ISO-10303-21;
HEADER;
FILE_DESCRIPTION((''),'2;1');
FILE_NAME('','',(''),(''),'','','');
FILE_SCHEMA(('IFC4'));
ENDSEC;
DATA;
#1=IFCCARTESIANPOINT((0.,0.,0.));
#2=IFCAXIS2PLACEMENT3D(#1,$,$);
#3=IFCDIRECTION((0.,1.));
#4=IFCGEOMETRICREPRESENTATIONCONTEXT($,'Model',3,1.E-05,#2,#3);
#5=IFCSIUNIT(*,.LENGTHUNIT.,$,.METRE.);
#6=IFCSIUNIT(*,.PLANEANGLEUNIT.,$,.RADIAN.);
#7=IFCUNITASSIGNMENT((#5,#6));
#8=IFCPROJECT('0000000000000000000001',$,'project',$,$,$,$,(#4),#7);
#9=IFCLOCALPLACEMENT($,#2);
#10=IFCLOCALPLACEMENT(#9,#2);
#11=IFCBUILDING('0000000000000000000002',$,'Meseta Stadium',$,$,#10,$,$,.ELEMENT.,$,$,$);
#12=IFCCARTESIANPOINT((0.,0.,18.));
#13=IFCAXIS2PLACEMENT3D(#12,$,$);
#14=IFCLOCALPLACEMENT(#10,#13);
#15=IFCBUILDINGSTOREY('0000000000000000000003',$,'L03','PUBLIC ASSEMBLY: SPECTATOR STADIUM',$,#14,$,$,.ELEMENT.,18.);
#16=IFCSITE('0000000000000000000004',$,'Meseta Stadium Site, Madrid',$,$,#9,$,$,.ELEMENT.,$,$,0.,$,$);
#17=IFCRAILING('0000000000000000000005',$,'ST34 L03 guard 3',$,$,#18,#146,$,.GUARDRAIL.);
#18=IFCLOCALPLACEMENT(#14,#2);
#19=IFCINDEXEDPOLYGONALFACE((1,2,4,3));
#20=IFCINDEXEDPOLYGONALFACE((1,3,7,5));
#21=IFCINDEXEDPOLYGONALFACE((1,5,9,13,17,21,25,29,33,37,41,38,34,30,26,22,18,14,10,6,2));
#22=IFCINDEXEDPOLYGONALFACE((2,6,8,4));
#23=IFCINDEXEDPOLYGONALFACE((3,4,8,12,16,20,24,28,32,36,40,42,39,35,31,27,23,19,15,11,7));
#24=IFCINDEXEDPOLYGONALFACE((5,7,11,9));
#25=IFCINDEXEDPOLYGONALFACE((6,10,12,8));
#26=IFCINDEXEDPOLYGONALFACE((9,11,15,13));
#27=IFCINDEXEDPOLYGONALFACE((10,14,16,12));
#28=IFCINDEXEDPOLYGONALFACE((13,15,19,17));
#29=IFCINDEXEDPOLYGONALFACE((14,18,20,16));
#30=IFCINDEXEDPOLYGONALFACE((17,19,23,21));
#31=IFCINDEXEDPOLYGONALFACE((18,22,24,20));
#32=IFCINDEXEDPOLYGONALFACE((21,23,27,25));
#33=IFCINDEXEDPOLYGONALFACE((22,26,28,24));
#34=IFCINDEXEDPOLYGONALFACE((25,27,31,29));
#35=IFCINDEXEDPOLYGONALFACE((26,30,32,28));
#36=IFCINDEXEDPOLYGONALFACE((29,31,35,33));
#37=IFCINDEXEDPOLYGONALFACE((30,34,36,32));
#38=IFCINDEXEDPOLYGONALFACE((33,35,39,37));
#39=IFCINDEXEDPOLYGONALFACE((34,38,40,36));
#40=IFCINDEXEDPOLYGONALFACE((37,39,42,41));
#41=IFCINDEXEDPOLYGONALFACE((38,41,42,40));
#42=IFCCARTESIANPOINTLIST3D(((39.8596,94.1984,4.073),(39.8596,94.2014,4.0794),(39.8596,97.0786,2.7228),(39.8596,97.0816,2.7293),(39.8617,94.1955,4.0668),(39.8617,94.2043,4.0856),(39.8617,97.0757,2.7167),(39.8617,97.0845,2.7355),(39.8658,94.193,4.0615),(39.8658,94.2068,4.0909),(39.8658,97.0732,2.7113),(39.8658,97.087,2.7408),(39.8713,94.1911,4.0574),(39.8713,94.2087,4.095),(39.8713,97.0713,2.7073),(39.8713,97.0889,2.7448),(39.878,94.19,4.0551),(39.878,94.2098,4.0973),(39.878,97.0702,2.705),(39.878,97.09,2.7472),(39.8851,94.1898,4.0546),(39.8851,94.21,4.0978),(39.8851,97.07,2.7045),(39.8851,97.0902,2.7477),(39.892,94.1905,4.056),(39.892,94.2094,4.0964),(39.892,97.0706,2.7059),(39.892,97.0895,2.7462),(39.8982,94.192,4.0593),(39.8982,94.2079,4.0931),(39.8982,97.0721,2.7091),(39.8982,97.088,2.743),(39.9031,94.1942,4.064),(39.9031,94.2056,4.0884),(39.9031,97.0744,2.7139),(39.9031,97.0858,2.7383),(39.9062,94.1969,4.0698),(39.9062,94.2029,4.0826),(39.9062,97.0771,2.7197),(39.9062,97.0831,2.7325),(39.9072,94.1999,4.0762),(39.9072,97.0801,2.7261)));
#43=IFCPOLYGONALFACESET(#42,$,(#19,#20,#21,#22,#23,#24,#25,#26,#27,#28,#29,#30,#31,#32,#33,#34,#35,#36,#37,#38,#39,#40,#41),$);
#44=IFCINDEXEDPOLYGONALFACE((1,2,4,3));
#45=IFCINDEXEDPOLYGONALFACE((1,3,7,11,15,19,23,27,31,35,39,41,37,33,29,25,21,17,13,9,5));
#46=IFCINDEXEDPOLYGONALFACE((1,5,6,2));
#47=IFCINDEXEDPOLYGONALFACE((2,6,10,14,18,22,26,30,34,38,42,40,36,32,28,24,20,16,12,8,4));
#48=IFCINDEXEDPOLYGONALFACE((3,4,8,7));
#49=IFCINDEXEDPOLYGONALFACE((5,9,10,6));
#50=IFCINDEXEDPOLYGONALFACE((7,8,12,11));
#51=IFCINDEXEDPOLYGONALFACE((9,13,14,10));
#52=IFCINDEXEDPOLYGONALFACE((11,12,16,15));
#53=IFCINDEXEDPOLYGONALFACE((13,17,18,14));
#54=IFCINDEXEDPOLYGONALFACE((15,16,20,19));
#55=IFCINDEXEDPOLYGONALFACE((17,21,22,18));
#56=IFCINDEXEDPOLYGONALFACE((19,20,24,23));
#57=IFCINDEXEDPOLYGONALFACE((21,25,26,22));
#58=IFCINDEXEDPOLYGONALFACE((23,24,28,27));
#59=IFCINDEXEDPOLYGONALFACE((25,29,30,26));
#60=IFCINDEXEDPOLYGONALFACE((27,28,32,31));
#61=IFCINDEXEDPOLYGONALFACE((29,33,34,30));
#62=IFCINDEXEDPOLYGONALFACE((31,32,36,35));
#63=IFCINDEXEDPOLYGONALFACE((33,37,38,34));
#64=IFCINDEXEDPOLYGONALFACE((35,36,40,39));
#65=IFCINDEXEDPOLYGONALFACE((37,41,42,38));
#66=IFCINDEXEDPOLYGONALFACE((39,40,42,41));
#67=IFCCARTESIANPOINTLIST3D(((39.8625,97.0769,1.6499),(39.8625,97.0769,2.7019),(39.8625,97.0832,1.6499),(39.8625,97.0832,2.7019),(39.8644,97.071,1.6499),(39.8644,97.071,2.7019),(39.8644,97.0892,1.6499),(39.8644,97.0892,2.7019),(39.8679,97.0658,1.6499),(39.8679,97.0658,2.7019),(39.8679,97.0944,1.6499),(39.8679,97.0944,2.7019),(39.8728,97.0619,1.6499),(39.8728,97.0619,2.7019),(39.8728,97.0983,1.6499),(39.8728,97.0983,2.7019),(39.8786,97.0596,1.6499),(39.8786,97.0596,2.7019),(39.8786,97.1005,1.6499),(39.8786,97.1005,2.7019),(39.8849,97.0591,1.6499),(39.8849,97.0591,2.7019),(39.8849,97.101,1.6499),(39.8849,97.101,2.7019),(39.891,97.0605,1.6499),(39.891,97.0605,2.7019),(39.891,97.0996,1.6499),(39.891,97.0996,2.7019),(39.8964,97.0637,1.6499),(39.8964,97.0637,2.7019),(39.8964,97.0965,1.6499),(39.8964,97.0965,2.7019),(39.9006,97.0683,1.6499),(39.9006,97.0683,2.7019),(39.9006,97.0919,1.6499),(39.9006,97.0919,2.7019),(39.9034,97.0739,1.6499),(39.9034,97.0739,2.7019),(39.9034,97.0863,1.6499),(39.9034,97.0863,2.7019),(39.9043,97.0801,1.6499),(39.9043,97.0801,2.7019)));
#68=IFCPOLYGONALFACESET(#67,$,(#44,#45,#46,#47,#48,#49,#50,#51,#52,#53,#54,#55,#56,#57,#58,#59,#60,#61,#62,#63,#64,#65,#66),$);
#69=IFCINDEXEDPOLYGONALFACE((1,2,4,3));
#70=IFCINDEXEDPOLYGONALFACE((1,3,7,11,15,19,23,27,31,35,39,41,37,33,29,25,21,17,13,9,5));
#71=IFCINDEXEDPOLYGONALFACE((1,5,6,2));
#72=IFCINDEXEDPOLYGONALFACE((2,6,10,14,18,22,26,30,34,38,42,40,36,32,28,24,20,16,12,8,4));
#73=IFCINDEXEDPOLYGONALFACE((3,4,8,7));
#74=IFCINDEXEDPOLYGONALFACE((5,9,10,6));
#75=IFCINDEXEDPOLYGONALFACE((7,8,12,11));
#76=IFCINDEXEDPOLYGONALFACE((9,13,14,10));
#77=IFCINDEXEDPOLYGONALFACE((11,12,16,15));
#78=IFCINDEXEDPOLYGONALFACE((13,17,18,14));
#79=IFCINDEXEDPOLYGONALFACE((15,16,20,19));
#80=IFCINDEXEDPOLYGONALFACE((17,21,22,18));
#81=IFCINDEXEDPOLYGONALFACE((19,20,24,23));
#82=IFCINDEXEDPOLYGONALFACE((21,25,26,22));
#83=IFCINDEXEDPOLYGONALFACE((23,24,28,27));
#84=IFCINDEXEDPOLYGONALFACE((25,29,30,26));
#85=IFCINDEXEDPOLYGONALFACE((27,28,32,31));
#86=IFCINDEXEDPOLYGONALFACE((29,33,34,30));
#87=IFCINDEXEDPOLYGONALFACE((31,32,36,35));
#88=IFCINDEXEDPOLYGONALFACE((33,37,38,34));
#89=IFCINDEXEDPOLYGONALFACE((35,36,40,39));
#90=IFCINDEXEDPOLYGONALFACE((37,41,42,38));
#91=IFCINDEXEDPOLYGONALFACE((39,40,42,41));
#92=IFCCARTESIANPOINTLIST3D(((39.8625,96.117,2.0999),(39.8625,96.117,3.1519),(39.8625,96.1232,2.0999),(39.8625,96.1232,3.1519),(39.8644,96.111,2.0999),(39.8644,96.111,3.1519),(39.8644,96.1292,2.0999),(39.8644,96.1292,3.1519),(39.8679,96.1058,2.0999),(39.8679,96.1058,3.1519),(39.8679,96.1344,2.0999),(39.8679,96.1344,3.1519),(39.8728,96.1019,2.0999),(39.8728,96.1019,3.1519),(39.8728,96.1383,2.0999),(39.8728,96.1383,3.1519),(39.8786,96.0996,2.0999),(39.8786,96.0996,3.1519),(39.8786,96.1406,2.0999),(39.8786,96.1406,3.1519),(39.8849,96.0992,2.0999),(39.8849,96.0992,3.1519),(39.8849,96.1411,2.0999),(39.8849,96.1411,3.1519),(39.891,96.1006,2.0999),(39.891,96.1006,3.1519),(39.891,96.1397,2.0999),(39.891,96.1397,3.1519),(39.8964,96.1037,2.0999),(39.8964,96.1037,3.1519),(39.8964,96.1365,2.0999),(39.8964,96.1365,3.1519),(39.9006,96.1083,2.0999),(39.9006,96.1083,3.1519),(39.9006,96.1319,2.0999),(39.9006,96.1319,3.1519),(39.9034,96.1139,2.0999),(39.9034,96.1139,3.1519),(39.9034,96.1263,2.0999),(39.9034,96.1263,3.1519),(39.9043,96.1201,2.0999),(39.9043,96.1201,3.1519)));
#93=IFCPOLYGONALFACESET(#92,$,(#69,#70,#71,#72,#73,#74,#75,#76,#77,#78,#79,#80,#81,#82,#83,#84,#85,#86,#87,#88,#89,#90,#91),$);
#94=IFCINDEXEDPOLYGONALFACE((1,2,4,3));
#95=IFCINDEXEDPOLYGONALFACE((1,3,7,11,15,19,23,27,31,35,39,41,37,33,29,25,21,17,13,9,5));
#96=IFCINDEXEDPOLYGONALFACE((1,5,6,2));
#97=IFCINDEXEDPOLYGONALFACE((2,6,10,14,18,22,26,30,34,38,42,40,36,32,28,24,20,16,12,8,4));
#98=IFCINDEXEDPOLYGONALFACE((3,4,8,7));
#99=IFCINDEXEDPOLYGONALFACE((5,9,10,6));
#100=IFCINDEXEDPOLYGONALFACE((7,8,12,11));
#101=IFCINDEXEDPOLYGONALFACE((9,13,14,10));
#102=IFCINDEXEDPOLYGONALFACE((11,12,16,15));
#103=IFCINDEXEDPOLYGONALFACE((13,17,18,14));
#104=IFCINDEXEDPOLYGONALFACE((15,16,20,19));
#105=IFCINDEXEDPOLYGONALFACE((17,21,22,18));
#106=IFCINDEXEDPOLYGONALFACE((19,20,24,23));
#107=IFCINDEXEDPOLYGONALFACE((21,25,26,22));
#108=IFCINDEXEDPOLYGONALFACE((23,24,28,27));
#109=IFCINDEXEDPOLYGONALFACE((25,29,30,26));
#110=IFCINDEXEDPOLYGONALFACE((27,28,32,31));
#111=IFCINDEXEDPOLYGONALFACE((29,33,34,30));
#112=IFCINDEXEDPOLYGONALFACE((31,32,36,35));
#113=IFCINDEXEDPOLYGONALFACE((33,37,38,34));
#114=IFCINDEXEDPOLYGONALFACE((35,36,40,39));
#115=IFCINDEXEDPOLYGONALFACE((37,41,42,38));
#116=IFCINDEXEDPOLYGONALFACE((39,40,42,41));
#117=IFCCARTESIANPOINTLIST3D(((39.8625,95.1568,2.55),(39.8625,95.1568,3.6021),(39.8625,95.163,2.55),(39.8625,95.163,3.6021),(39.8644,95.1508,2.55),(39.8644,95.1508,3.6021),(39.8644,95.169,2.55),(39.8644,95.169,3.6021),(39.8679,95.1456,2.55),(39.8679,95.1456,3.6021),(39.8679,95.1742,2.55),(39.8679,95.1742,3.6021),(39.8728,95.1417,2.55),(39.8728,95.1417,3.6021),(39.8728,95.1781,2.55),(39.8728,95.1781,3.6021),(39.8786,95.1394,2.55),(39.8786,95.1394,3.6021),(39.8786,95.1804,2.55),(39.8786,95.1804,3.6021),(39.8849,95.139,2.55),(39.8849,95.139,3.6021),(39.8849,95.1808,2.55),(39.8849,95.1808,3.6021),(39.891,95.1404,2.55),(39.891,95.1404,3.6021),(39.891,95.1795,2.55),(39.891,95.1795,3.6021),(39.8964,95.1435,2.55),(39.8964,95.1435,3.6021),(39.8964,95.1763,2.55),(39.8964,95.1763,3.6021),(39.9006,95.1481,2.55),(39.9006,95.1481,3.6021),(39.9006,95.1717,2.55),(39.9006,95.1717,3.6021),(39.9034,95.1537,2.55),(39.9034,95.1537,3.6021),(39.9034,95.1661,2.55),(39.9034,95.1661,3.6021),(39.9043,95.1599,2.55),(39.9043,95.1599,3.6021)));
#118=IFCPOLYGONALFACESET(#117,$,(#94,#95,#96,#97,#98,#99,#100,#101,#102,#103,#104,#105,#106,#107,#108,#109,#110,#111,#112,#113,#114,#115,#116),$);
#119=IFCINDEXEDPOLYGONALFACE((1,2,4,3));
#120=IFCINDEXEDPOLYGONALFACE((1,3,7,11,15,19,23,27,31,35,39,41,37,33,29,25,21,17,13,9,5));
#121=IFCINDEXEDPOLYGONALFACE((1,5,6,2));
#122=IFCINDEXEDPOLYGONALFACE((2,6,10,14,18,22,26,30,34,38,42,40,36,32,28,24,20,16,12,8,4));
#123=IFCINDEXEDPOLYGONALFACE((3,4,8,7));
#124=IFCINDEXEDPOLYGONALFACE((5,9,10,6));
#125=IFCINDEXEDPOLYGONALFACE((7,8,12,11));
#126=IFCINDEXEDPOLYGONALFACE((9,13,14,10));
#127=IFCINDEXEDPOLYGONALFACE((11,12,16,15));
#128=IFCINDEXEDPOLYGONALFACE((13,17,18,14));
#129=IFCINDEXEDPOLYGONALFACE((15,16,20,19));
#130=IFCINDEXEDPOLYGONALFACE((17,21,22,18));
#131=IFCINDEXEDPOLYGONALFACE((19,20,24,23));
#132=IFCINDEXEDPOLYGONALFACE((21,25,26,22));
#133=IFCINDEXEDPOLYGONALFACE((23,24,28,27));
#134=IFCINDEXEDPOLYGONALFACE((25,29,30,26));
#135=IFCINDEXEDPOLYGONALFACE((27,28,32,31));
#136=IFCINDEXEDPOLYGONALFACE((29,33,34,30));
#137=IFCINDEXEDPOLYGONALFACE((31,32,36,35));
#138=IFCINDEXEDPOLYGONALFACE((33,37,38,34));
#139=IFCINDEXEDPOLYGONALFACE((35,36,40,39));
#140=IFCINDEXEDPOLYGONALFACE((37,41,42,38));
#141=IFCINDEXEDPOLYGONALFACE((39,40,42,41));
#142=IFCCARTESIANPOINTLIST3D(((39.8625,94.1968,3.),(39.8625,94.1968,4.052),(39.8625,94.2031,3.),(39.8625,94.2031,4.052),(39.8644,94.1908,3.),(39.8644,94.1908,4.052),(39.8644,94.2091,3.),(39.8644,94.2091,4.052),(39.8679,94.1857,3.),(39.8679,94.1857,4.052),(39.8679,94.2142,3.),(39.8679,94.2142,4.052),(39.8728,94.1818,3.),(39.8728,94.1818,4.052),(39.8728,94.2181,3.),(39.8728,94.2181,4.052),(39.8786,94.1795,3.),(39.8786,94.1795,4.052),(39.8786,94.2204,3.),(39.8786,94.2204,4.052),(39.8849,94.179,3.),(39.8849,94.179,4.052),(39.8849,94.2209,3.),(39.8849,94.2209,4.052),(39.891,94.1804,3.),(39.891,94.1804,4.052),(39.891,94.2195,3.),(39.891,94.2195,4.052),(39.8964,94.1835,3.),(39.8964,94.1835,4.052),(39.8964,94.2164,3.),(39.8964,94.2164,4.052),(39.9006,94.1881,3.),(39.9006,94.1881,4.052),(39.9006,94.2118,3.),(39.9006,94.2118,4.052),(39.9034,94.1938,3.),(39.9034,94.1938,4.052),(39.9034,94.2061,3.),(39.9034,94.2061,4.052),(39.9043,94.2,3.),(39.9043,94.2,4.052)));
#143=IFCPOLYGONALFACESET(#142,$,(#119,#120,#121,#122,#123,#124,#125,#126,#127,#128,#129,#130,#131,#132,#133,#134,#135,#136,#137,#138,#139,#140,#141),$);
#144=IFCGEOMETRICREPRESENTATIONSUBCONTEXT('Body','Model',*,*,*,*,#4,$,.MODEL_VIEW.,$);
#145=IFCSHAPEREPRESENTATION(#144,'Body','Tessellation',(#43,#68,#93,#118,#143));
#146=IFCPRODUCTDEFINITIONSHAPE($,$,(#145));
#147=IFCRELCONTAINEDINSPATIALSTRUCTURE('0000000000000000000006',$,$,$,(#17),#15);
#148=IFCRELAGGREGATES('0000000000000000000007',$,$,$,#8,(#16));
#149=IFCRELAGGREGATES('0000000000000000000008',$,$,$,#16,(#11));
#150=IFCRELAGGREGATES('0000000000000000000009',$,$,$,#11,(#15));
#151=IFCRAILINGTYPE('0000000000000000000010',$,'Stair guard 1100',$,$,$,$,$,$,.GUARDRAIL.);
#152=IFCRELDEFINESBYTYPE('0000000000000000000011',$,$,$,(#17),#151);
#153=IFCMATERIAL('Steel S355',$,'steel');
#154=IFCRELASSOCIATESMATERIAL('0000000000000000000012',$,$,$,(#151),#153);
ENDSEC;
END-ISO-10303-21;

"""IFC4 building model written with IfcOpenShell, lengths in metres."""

from ifc_helpers import new_model, si_unit, direction, frame, origin, origin_2d, place, context, subcontext, project, spatial, circle, extrude, material, type_object, element, save


model = new_model("IFC4")

# Units and contexts
model_context = context("Model", 3, precision=1e-05, world=origin(), true_north=direction((0.0, 1.0)))
body_context = subcontext(model_context, "Body", "Model", "MODEL_VIEW")
ifc_project = project(units=[si_unit("LENGTHUNIT", "METRE"), si_unit("PLANEANGLEUNIT", "RADIAN")], contexts=[model_context])

# Site, building, storey
site_placement = place(None, origin())
site = spatial("IfcSite", under=ifc_project, at=site_placement, Name="Meseta Stadium Site, Madrid", CompositionType="ELEMENT", RefElevation=0.0)
building_placement = place(site_placement, origin())
building = spatial("IfcBuilding", under=site, at=building_placement, Name="Meseta Stadium", CompositionType="ELEMENT")
storey_placement = place(building_placement, frame((0.0, 0.0, 18.0)))
storey = spatial("IfcBuildingStorey", under=building, at=storey_placement, Name="L03", Description="PUBLIC ASSEMBLY: SPECTATOR STADIUM", CompositionType="ELEMENT", Elevation=18.0)

# Railing
ifc_material_1 = material(Name="Steel S355", Category="steel")
railing_type_1 = type_object("IfcRailingType", Name="Stair guard 1100", PredefinedType="GUARDRAIL", material=ifc_material_1)
railing_1_placement = place(storey_placement, frame((39.8833, 97.0801, 1.6499)))
element("IfcRailing", 1, at=railing_1_placement, inside=storey, type_object=railing_type_1, Name="ST34 L03 guard 3", PredefinedType="GUARDRAIL", context=body_context, shape_type="SweptSolid", body=[
    extrude(circle(Radius=0.0239, at=origin_2d()), frame((0.0, 0.0, 1.0762), z_axis=(0.0, -0.905454, 0.424444), x_axis=(1.0, 0.0, 0.0)), (0.0, 0.0, 1.0), 3.1809),
    extrude(circle(Radius=0.021, at=origin_2d()), origin(), (0.0, 0.0, 1.0), 1.052),
    extrude(circle(Radius=0.021, at=origin_2d()), frame((0.0, -0.96, 0.45)), (0.0, 0.0, 1.0), 1.052),
    extrude(circle(Radius=0.021, at=origin_2d()), frame((0.0, -1.9202, 0.9001)), (0.0, 0.0, 1.0), 1.052),
    extrude(circle(Radius=0.021, at=origin_2d()), frame((0.0, -2.8801, 1.3501)), (0.0, 0.0, 1.0), 1.052),
])

save(model, "model.ifc")
